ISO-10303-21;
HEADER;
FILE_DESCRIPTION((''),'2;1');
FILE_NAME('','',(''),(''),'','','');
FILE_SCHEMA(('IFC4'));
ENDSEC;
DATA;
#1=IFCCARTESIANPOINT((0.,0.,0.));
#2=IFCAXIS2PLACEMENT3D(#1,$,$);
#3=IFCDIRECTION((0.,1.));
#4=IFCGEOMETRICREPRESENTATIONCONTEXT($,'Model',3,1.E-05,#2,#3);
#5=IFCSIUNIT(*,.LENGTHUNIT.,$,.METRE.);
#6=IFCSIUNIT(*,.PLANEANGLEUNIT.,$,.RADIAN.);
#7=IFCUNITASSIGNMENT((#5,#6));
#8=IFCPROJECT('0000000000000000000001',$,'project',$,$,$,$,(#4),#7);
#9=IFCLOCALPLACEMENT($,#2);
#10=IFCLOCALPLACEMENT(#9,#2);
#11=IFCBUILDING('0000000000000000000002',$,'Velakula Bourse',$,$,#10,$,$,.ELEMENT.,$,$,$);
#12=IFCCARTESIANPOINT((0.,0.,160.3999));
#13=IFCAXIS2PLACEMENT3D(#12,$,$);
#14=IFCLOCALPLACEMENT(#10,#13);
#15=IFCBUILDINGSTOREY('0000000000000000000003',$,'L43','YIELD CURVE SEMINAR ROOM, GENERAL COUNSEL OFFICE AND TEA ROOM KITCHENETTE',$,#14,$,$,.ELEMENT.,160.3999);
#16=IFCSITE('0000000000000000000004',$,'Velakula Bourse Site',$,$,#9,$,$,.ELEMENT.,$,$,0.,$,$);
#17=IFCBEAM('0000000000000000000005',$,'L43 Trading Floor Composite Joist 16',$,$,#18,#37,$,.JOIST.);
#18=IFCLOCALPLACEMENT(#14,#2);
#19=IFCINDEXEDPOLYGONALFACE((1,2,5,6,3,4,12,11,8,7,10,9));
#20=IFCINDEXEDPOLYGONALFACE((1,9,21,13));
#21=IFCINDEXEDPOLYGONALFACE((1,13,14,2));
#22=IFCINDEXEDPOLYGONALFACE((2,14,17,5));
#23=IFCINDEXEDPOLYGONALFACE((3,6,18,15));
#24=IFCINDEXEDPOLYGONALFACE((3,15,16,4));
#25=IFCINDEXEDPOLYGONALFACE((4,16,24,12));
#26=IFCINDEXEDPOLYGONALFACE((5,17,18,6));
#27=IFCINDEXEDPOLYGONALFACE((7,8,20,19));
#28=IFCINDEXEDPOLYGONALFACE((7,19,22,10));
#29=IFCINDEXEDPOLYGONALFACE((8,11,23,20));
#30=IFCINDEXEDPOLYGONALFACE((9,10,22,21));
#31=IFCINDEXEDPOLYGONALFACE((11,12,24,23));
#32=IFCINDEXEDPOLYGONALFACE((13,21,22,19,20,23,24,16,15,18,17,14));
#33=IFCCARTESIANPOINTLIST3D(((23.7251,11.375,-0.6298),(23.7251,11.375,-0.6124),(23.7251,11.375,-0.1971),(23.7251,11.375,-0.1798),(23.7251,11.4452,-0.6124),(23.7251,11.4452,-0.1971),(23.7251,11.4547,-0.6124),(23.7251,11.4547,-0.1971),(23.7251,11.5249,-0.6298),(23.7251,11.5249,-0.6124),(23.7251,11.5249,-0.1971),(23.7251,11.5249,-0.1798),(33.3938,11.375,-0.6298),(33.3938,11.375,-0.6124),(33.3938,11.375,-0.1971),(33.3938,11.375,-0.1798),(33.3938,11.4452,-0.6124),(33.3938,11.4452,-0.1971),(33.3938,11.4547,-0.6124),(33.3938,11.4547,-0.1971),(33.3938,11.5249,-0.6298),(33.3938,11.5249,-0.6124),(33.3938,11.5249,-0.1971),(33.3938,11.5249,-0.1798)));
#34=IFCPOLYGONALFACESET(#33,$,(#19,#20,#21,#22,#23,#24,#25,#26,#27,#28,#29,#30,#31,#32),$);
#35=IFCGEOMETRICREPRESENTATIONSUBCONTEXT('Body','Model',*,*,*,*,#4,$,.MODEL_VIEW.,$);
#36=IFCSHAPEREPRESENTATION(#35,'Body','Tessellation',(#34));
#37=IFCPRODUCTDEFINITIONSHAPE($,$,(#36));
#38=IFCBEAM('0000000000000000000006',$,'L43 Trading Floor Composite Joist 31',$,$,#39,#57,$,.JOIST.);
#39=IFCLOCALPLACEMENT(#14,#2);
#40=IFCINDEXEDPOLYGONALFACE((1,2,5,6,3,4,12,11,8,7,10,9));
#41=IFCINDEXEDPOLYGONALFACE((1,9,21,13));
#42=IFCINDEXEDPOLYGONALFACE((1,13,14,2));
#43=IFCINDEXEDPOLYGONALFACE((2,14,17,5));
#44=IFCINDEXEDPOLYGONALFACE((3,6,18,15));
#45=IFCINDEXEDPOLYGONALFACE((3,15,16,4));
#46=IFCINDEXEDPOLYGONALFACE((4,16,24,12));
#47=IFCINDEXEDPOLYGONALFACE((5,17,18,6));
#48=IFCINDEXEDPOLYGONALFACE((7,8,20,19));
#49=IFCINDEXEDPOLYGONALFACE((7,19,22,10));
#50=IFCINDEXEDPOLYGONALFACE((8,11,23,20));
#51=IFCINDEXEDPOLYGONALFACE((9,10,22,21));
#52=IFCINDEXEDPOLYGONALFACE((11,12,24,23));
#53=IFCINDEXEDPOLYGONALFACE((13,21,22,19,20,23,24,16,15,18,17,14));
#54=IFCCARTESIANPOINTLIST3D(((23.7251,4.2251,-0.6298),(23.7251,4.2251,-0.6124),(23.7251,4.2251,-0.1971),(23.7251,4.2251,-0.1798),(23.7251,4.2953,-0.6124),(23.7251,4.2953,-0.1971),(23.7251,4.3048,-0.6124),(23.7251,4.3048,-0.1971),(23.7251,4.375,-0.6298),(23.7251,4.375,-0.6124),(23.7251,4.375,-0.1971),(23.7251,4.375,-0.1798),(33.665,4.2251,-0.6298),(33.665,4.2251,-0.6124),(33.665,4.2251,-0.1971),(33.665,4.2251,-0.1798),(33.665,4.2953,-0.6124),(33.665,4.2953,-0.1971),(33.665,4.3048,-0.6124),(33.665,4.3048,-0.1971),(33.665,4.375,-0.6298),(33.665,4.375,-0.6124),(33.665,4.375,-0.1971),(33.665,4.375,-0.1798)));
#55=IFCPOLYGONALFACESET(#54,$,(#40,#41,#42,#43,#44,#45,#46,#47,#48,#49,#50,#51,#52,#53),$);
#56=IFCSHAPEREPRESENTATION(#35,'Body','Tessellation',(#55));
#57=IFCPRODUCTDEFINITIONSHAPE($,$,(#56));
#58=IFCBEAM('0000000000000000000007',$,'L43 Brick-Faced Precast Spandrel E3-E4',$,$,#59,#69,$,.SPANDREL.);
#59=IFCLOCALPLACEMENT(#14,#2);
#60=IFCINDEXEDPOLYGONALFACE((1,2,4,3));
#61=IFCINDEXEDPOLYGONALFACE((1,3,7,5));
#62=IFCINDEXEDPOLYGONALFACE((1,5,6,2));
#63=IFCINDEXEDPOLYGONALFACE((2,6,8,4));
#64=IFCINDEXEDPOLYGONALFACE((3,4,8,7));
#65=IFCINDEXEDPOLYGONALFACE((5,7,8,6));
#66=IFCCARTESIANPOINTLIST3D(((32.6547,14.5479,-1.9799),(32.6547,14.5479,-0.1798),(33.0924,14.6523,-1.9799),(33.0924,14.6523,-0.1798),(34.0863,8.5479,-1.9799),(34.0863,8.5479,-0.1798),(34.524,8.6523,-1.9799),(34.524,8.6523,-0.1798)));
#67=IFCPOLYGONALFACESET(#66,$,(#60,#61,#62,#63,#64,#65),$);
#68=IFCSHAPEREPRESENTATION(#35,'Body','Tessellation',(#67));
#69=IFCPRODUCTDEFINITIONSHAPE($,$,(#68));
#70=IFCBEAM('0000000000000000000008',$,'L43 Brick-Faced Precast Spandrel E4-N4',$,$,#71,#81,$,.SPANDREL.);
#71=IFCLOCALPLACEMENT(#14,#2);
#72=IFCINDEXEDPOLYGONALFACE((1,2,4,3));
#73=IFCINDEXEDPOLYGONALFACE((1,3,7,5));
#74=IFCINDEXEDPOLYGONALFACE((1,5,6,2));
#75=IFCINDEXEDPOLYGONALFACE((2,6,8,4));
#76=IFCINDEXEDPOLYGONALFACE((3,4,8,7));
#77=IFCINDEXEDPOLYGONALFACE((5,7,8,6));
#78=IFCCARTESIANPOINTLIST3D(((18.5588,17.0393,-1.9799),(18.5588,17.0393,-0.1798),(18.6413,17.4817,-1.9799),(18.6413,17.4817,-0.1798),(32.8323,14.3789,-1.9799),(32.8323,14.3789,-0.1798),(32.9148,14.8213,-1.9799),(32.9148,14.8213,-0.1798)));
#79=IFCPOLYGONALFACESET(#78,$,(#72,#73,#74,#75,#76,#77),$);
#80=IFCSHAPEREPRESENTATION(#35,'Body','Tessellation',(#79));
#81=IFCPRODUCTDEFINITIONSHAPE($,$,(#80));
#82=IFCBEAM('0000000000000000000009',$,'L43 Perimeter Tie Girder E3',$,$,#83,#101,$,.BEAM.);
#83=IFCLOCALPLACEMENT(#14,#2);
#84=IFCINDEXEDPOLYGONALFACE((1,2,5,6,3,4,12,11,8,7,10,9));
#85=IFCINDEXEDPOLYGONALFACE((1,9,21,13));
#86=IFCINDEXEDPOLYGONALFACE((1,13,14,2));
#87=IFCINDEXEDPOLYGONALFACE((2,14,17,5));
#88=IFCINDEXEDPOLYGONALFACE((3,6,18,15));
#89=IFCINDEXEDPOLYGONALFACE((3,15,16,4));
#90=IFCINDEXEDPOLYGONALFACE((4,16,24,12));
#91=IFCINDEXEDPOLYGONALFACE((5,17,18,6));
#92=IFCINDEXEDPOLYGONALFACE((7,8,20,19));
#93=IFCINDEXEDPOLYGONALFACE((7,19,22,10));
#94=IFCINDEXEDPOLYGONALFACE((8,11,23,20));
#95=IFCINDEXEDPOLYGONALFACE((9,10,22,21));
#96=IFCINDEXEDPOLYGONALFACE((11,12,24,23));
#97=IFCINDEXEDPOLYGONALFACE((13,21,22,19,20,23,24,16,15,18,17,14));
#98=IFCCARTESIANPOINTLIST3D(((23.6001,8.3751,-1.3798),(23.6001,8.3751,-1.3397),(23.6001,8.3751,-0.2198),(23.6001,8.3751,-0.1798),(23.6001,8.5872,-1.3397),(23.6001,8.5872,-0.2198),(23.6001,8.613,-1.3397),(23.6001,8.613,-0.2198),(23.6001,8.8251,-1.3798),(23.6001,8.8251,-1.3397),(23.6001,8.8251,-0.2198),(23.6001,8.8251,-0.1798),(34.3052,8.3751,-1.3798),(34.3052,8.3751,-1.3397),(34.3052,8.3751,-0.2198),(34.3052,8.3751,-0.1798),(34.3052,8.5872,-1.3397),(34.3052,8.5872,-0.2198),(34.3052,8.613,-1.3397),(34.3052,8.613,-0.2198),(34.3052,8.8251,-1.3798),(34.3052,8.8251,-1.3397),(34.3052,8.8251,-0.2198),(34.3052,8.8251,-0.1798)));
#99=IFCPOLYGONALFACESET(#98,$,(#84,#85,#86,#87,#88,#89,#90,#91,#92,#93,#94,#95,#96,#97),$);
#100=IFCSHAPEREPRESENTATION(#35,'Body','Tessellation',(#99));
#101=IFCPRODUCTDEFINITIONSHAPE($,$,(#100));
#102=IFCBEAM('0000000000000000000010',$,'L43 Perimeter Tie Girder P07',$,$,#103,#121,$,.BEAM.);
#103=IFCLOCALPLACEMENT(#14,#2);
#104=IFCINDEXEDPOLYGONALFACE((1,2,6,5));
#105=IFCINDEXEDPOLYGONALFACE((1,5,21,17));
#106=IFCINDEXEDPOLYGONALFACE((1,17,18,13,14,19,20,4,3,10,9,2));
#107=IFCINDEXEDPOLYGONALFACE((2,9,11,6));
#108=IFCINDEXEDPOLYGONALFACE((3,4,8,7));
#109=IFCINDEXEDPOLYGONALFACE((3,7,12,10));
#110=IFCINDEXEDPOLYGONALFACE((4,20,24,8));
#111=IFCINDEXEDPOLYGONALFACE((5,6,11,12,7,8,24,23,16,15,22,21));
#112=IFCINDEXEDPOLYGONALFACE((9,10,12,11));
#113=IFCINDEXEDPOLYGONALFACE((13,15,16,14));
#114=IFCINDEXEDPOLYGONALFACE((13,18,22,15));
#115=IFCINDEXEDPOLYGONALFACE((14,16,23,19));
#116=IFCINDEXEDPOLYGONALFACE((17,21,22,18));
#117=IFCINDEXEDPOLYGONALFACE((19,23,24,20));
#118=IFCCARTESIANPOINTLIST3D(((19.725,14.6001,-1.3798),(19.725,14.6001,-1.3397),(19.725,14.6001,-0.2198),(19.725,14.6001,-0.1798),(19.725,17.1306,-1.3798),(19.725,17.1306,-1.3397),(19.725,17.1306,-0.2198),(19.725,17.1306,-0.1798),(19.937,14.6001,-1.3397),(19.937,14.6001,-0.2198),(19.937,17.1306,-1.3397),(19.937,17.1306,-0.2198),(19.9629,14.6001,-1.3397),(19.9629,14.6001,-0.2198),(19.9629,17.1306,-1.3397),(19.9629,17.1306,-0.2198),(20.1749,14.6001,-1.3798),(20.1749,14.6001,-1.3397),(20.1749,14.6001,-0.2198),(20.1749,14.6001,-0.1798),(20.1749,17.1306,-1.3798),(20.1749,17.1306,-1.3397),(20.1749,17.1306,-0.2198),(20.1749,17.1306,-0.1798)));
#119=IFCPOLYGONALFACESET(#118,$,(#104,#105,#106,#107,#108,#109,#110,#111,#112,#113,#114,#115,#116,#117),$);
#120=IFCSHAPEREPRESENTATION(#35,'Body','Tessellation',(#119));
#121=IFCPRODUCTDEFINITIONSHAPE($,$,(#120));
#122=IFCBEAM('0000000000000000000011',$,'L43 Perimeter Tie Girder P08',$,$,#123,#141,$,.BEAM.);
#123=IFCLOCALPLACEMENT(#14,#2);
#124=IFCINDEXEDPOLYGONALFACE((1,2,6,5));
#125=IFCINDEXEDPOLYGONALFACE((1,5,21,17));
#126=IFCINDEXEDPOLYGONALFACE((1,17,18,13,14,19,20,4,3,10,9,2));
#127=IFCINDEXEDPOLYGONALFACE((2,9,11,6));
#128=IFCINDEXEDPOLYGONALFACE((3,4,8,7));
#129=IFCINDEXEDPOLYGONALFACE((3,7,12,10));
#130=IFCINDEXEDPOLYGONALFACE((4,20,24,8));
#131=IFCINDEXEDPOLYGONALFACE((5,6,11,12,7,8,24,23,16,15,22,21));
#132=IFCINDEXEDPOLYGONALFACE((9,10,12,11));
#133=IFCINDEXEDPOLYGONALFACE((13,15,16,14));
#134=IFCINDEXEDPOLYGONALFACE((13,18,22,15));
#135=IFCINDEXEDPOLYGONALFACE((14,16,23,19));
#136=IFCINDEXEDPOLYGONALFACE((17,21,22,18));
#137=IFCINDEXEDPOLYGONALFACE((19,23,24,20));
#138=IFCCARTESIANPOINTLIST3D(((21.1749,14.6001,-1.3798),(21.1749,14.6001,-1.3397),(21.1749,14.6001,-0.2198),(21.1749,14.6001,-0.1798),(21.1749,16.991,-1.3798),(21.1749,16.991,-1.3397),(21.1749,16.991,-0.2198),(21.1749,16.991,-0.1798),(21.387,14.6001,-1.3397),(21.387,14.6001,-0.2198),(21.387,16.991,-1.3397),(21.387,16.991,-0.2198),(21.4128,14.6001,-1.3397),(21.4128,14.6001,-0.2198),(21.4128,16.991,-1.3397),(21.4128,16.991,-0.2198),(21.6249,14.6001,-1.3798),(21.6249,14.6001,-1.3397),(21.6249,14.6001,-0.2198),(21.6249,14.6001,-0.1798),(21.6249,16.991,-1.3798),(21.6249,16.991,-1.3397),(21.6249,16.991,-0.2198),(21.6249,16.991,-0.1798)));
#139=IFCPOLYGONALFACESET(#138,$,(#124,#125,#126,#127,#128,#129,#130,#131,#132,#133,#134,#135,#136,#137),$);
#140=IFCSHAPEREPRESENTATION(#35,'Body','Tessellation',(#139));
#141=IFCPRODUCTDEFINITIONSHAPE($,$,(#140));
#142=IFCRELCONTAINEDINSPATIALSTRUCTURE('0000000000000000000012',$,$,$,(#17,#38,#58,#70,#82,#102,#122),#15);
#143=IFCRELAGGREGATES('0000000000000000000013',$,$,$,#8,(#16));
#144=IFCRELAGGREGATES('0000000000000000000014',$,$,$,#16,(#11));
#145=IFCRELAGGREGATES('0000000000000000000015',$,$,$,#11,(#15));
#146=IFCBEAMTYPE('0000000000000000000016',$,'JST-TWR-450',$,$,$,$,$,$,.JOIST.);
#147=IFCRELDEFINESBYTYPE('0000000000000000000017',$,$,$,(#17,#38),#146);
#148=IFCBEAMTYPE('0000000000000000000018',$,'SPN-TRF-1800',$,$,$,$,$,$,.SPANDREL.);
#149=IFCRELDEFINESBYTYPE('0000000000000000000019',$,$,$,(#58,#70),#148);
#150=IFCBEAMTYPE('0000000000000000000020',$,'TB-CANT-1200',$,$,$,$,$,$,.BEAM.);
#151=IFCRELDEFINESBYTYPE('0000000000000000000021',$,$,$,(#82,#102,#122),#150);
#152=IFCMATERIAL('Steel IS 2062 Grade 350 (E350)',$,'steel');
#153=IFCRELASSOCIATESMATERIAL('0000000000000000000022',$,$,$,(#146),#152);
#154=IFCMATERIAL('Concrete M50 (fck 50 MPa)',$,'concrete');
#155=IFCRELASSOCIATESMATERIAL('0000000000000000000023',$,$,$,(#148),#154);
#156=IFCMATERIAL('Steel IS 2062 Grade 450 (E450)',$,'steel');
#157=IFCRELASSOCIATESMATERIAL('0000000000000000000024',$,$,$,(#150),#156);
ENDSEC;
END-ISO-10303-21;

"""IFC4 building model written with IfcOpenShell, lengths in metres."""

from ifc_helpers import new_model, si_unit, direction, frame, origin, origin_2d, place, context, subcontext, project, spatial, rectangle, i_section, extrude, material, material_profile, profile_set, type_object, element, save


model = new_model("IFC4")

# Units and contexts
model_context = context("Model", 3, precision=1e-05, world=origin(), true_north=direction((0.0, 1.0)))
body_context = subcontext(model_context, "Body", "Model", "MODEL_VIEW")
ifc_project = project(units=[si_unit("LENGTHUNIT", "METRE"), si_unit("PLANEANGLEUNIT", "RADIAN")], contexts=[model_context])

# Site, building, storey
site_placement = place(None, origin())
site = spatial("IfcSite", under=ifc_project, at=site_placement, Name="Velakula Bourse Site", CompositionType="ELEMENT", RefElevation=0.0)
building_placement = place(site_placement, origin())
building = spatial("IfcBuilding", under=site, at=building_placement, Name="Velakula Bourse", CompositionType="ELEMENT")
storey_placement = place(building_placement, frame((0.0, 0.0, 160.3999)))
storey = spatial("IfcBuildingStorey", under=building, at=storey_placement, Name="L43", Description="YIELD CURVE SEMINAR ROOM, GENERAL COUNSEL OFFICE AND TEA ROOM KITCHENETTE", CompositionType="ELEMENT", Elevation=160.3999)

# Shared definitions
ifc_material_1 = material(Name="Steel IS 2062 Grade 350 (E350)", Category="steel")

# Beams
ifc_material_profile_1 = material_profile(ifc_material_1, i_section(OverallWidth=0.1499, OverallDepth=0.45, WebThickness=0.0095, FlangeThickness=0.0173, at=origin_2d()), Name="Steel IS 2062 Grade 350 (E350)")
ifc_profile_set_1 = profile_set([ifc_material_profile_1], Name="Steel IS 2062 Grade 350 (E350)")
beam_type_1 = type_object("IfcBeamType", Name="JST-TWR-450", PredefinedType="JOIST", material=ifc_profile_set_1)
beam_1_placement = place(storey_placement, frame((23.7251, 11.45, -0.4048), z_axis=(1.0, 0.0, 0.0), x_axis=(0.0, 1.0, 0.0)))
element("IfcBeam", 1, at=beam_1_placement, inside=storey, type_object=beam_type_1, Name="L43 Trading Floor Composite Joist 16", PredefinedType="JOIST", context=body_context, shape_type="SweptSolid", body=[
    extrude(i_section(OverallWidth=0.1499, OverallDepth=0.45, WebThickness=0.0095, FlangeThickness=0.0173, at=origin_2d()), origin(), (0.0, 0.0, 1.0), 9.6687),
])
beam_2_placement = place(storey_placement, frame((23.7251, 4.3, -0.4048), z_axis=(1.0, 0.0, 0.0), x_axis=(0.0, 1.0, 0.0)))
element("IfcBeam", 2, at=beam_2_placement, inside=storey, type_object=beam_type_1, Name="L43 Trading Floor Composite Joist 31", PredefinedType="JOIST", context=body_context, shape_type="SweptSolid", body=[
    extrude(i_section(OverallWidth=0.1499, OverallDepth=0.45, WebThickness=0.0095, FlangeThickness=0.0173, at=origin_2d()), origin(), (0.0, 0.0, 1.0), 9.9399),
])
ifc_material_2 = material(Name="Concrete M50 (fck 50 MPa)", Category="concrete")
ifc_material_profile_2 = material_profile(ifc_material_2, rectangle(XDim=0.45, YDim=1.8, at=origin_2d()), Name="Concrete M50 (fck 50 MPa)")
ifc_profile_set_2 = profile_set([ifc_material_profile_2], Name="Concrete M50 (fck 50 MPa)")
beam_type_2 = type_object("IfcBeamType", Name="SPN-TRF-1800", PredefinedType="SPANDREL", material=ifc_profile_set_2)
beam_3_placement = place(storey_placement, frame((34.3052, 8.6001, -1.0798), z_axis=(-0.232091, 0.972694, 0.0), x_axis=(-0.972694, -0.232091, 0.0)))
element("IfcBeam", 3, at=beam_3_placement, inside=storey, type_object=beam_type_2, Name="L43 Brick-Faced Precast Spandrel E3-E4", PredefinedType="SPANDREL", context=body_context, shape_type="SweptSolid", body=[
    extrude(rectangle(XDim=0.45, YDim=1.8, at=origin_2d()), origin(), (0.0, 0.0, 1.0), 6.1685),
])
beam_4_placement = place(storey_placement, frame((32.8735, 14.6001, -1.0798), z_axis=(-0.98307, 0.183233, 0.0), x_axis=(-0.183233, -0.98307, 0.0)))
element("IfcBeam", 4, at=beam_4_placement, inside=storey, type_object=beam_type_2, Name="L43 Brick-Faced Precast Spandrel E4-N4", PredefinedType="SPANDREL", context=body_context, shape_type="SweptSolid", body=[
    extrude(rectangle(XDim=0.45, YDim=1.8, at=origin_2d()), origin(), (0.0, 0.0, 1.0), 14.5193),
])
ifc_material_3 = material(Name="Steel IS 2062 Grade 450 (E450)", Category="steel")
ifc_material_profile_3 = material_profile(ifc_material_3, i_section(OverallWidth=0.45, OverallDepth=1.2, WebThickness=0.0259, FlangeThickness=0.04, at=origin_2d()), Name="Steel IS 2062 Grade 450 (E450)")
ifc_profile_set_3 = profile_set([ifc_material_profile_3], Name="Steel IS 2062 Grade 450 (E450)")
beam_type_3 = type_object("IfcBeamType", Name="TB-CANT-1200", PredefinedType="BEAM", material=ifc_profile_set_3)
beam_5_placement = place(storey_placement, frame((23.6001, 8.6001, -0.7798), z_axis=(1.0, 0.0, 0.0), x_axis=(0.0, 1.0, 0.0)))
element("IfcBeam", 5, at=beam_5_placement, inside=storey, type_object=beam_type_3, Name="L43 Perimeter Tie Girder E3", PredefinedType="BEAM", context=body_context, shape_type="SweptSolid", body=[
    extrude(i_section(OverallWidth=0.45, OverallDepth=1.2, WebThickness=0.0259, FlangeThickness=0.04, at=origin_2d()), origin(), (0.0, 0.0, 1.0), 10.7051),
])
beam_6_placement = place(storey_placement, frame((19.95, 14.6001, -0.7798), z_axis=(0.0, 1.0, 0.0), x_axis=(-1.0, 0.0, 0.0)))
element("IfcBeam", 6, at=beam_6_placement, inside=storey, type_object=beam_type_3, Name="L43 Perimeter Tie Girder P07", PredefinedType="BEAM", context=body_context, shape_type="SweptSolid", body=[
    extrude(i_section(OverallWidth=0.45, OverallDepth=1.2, WebThickness=0.0259, FlangeThickness=0.04, at=origin_2d()), origin(), (0.0, 0.0, 1.0), 2.5305),
])
beam_7_placement = place(storey_placement, frame((21.3999, 14.6001, -0.7798), z_axis=(0.0, 1.0, 0.0), x_axis=(-1.0, 0.0, 0.0)))
element("IfcBeam", 7, at=beam_7_placement, inside=storey, type_object=beam_type_3, Name="L43 Perimeter Tie Girder P08", PredefinedType="BEAM", context=body_context, shape_type="SweptSolid", body=[
    extrude(i_section(OverallWidth=0.45, OverallDepth=1.2, WebThickness=0.0259, FlangeThickness=0.04, at=origin_2d()), origin(), (0.0, 0.0, 1.0), 2.3909),
])

save(model, "model.ifc")
